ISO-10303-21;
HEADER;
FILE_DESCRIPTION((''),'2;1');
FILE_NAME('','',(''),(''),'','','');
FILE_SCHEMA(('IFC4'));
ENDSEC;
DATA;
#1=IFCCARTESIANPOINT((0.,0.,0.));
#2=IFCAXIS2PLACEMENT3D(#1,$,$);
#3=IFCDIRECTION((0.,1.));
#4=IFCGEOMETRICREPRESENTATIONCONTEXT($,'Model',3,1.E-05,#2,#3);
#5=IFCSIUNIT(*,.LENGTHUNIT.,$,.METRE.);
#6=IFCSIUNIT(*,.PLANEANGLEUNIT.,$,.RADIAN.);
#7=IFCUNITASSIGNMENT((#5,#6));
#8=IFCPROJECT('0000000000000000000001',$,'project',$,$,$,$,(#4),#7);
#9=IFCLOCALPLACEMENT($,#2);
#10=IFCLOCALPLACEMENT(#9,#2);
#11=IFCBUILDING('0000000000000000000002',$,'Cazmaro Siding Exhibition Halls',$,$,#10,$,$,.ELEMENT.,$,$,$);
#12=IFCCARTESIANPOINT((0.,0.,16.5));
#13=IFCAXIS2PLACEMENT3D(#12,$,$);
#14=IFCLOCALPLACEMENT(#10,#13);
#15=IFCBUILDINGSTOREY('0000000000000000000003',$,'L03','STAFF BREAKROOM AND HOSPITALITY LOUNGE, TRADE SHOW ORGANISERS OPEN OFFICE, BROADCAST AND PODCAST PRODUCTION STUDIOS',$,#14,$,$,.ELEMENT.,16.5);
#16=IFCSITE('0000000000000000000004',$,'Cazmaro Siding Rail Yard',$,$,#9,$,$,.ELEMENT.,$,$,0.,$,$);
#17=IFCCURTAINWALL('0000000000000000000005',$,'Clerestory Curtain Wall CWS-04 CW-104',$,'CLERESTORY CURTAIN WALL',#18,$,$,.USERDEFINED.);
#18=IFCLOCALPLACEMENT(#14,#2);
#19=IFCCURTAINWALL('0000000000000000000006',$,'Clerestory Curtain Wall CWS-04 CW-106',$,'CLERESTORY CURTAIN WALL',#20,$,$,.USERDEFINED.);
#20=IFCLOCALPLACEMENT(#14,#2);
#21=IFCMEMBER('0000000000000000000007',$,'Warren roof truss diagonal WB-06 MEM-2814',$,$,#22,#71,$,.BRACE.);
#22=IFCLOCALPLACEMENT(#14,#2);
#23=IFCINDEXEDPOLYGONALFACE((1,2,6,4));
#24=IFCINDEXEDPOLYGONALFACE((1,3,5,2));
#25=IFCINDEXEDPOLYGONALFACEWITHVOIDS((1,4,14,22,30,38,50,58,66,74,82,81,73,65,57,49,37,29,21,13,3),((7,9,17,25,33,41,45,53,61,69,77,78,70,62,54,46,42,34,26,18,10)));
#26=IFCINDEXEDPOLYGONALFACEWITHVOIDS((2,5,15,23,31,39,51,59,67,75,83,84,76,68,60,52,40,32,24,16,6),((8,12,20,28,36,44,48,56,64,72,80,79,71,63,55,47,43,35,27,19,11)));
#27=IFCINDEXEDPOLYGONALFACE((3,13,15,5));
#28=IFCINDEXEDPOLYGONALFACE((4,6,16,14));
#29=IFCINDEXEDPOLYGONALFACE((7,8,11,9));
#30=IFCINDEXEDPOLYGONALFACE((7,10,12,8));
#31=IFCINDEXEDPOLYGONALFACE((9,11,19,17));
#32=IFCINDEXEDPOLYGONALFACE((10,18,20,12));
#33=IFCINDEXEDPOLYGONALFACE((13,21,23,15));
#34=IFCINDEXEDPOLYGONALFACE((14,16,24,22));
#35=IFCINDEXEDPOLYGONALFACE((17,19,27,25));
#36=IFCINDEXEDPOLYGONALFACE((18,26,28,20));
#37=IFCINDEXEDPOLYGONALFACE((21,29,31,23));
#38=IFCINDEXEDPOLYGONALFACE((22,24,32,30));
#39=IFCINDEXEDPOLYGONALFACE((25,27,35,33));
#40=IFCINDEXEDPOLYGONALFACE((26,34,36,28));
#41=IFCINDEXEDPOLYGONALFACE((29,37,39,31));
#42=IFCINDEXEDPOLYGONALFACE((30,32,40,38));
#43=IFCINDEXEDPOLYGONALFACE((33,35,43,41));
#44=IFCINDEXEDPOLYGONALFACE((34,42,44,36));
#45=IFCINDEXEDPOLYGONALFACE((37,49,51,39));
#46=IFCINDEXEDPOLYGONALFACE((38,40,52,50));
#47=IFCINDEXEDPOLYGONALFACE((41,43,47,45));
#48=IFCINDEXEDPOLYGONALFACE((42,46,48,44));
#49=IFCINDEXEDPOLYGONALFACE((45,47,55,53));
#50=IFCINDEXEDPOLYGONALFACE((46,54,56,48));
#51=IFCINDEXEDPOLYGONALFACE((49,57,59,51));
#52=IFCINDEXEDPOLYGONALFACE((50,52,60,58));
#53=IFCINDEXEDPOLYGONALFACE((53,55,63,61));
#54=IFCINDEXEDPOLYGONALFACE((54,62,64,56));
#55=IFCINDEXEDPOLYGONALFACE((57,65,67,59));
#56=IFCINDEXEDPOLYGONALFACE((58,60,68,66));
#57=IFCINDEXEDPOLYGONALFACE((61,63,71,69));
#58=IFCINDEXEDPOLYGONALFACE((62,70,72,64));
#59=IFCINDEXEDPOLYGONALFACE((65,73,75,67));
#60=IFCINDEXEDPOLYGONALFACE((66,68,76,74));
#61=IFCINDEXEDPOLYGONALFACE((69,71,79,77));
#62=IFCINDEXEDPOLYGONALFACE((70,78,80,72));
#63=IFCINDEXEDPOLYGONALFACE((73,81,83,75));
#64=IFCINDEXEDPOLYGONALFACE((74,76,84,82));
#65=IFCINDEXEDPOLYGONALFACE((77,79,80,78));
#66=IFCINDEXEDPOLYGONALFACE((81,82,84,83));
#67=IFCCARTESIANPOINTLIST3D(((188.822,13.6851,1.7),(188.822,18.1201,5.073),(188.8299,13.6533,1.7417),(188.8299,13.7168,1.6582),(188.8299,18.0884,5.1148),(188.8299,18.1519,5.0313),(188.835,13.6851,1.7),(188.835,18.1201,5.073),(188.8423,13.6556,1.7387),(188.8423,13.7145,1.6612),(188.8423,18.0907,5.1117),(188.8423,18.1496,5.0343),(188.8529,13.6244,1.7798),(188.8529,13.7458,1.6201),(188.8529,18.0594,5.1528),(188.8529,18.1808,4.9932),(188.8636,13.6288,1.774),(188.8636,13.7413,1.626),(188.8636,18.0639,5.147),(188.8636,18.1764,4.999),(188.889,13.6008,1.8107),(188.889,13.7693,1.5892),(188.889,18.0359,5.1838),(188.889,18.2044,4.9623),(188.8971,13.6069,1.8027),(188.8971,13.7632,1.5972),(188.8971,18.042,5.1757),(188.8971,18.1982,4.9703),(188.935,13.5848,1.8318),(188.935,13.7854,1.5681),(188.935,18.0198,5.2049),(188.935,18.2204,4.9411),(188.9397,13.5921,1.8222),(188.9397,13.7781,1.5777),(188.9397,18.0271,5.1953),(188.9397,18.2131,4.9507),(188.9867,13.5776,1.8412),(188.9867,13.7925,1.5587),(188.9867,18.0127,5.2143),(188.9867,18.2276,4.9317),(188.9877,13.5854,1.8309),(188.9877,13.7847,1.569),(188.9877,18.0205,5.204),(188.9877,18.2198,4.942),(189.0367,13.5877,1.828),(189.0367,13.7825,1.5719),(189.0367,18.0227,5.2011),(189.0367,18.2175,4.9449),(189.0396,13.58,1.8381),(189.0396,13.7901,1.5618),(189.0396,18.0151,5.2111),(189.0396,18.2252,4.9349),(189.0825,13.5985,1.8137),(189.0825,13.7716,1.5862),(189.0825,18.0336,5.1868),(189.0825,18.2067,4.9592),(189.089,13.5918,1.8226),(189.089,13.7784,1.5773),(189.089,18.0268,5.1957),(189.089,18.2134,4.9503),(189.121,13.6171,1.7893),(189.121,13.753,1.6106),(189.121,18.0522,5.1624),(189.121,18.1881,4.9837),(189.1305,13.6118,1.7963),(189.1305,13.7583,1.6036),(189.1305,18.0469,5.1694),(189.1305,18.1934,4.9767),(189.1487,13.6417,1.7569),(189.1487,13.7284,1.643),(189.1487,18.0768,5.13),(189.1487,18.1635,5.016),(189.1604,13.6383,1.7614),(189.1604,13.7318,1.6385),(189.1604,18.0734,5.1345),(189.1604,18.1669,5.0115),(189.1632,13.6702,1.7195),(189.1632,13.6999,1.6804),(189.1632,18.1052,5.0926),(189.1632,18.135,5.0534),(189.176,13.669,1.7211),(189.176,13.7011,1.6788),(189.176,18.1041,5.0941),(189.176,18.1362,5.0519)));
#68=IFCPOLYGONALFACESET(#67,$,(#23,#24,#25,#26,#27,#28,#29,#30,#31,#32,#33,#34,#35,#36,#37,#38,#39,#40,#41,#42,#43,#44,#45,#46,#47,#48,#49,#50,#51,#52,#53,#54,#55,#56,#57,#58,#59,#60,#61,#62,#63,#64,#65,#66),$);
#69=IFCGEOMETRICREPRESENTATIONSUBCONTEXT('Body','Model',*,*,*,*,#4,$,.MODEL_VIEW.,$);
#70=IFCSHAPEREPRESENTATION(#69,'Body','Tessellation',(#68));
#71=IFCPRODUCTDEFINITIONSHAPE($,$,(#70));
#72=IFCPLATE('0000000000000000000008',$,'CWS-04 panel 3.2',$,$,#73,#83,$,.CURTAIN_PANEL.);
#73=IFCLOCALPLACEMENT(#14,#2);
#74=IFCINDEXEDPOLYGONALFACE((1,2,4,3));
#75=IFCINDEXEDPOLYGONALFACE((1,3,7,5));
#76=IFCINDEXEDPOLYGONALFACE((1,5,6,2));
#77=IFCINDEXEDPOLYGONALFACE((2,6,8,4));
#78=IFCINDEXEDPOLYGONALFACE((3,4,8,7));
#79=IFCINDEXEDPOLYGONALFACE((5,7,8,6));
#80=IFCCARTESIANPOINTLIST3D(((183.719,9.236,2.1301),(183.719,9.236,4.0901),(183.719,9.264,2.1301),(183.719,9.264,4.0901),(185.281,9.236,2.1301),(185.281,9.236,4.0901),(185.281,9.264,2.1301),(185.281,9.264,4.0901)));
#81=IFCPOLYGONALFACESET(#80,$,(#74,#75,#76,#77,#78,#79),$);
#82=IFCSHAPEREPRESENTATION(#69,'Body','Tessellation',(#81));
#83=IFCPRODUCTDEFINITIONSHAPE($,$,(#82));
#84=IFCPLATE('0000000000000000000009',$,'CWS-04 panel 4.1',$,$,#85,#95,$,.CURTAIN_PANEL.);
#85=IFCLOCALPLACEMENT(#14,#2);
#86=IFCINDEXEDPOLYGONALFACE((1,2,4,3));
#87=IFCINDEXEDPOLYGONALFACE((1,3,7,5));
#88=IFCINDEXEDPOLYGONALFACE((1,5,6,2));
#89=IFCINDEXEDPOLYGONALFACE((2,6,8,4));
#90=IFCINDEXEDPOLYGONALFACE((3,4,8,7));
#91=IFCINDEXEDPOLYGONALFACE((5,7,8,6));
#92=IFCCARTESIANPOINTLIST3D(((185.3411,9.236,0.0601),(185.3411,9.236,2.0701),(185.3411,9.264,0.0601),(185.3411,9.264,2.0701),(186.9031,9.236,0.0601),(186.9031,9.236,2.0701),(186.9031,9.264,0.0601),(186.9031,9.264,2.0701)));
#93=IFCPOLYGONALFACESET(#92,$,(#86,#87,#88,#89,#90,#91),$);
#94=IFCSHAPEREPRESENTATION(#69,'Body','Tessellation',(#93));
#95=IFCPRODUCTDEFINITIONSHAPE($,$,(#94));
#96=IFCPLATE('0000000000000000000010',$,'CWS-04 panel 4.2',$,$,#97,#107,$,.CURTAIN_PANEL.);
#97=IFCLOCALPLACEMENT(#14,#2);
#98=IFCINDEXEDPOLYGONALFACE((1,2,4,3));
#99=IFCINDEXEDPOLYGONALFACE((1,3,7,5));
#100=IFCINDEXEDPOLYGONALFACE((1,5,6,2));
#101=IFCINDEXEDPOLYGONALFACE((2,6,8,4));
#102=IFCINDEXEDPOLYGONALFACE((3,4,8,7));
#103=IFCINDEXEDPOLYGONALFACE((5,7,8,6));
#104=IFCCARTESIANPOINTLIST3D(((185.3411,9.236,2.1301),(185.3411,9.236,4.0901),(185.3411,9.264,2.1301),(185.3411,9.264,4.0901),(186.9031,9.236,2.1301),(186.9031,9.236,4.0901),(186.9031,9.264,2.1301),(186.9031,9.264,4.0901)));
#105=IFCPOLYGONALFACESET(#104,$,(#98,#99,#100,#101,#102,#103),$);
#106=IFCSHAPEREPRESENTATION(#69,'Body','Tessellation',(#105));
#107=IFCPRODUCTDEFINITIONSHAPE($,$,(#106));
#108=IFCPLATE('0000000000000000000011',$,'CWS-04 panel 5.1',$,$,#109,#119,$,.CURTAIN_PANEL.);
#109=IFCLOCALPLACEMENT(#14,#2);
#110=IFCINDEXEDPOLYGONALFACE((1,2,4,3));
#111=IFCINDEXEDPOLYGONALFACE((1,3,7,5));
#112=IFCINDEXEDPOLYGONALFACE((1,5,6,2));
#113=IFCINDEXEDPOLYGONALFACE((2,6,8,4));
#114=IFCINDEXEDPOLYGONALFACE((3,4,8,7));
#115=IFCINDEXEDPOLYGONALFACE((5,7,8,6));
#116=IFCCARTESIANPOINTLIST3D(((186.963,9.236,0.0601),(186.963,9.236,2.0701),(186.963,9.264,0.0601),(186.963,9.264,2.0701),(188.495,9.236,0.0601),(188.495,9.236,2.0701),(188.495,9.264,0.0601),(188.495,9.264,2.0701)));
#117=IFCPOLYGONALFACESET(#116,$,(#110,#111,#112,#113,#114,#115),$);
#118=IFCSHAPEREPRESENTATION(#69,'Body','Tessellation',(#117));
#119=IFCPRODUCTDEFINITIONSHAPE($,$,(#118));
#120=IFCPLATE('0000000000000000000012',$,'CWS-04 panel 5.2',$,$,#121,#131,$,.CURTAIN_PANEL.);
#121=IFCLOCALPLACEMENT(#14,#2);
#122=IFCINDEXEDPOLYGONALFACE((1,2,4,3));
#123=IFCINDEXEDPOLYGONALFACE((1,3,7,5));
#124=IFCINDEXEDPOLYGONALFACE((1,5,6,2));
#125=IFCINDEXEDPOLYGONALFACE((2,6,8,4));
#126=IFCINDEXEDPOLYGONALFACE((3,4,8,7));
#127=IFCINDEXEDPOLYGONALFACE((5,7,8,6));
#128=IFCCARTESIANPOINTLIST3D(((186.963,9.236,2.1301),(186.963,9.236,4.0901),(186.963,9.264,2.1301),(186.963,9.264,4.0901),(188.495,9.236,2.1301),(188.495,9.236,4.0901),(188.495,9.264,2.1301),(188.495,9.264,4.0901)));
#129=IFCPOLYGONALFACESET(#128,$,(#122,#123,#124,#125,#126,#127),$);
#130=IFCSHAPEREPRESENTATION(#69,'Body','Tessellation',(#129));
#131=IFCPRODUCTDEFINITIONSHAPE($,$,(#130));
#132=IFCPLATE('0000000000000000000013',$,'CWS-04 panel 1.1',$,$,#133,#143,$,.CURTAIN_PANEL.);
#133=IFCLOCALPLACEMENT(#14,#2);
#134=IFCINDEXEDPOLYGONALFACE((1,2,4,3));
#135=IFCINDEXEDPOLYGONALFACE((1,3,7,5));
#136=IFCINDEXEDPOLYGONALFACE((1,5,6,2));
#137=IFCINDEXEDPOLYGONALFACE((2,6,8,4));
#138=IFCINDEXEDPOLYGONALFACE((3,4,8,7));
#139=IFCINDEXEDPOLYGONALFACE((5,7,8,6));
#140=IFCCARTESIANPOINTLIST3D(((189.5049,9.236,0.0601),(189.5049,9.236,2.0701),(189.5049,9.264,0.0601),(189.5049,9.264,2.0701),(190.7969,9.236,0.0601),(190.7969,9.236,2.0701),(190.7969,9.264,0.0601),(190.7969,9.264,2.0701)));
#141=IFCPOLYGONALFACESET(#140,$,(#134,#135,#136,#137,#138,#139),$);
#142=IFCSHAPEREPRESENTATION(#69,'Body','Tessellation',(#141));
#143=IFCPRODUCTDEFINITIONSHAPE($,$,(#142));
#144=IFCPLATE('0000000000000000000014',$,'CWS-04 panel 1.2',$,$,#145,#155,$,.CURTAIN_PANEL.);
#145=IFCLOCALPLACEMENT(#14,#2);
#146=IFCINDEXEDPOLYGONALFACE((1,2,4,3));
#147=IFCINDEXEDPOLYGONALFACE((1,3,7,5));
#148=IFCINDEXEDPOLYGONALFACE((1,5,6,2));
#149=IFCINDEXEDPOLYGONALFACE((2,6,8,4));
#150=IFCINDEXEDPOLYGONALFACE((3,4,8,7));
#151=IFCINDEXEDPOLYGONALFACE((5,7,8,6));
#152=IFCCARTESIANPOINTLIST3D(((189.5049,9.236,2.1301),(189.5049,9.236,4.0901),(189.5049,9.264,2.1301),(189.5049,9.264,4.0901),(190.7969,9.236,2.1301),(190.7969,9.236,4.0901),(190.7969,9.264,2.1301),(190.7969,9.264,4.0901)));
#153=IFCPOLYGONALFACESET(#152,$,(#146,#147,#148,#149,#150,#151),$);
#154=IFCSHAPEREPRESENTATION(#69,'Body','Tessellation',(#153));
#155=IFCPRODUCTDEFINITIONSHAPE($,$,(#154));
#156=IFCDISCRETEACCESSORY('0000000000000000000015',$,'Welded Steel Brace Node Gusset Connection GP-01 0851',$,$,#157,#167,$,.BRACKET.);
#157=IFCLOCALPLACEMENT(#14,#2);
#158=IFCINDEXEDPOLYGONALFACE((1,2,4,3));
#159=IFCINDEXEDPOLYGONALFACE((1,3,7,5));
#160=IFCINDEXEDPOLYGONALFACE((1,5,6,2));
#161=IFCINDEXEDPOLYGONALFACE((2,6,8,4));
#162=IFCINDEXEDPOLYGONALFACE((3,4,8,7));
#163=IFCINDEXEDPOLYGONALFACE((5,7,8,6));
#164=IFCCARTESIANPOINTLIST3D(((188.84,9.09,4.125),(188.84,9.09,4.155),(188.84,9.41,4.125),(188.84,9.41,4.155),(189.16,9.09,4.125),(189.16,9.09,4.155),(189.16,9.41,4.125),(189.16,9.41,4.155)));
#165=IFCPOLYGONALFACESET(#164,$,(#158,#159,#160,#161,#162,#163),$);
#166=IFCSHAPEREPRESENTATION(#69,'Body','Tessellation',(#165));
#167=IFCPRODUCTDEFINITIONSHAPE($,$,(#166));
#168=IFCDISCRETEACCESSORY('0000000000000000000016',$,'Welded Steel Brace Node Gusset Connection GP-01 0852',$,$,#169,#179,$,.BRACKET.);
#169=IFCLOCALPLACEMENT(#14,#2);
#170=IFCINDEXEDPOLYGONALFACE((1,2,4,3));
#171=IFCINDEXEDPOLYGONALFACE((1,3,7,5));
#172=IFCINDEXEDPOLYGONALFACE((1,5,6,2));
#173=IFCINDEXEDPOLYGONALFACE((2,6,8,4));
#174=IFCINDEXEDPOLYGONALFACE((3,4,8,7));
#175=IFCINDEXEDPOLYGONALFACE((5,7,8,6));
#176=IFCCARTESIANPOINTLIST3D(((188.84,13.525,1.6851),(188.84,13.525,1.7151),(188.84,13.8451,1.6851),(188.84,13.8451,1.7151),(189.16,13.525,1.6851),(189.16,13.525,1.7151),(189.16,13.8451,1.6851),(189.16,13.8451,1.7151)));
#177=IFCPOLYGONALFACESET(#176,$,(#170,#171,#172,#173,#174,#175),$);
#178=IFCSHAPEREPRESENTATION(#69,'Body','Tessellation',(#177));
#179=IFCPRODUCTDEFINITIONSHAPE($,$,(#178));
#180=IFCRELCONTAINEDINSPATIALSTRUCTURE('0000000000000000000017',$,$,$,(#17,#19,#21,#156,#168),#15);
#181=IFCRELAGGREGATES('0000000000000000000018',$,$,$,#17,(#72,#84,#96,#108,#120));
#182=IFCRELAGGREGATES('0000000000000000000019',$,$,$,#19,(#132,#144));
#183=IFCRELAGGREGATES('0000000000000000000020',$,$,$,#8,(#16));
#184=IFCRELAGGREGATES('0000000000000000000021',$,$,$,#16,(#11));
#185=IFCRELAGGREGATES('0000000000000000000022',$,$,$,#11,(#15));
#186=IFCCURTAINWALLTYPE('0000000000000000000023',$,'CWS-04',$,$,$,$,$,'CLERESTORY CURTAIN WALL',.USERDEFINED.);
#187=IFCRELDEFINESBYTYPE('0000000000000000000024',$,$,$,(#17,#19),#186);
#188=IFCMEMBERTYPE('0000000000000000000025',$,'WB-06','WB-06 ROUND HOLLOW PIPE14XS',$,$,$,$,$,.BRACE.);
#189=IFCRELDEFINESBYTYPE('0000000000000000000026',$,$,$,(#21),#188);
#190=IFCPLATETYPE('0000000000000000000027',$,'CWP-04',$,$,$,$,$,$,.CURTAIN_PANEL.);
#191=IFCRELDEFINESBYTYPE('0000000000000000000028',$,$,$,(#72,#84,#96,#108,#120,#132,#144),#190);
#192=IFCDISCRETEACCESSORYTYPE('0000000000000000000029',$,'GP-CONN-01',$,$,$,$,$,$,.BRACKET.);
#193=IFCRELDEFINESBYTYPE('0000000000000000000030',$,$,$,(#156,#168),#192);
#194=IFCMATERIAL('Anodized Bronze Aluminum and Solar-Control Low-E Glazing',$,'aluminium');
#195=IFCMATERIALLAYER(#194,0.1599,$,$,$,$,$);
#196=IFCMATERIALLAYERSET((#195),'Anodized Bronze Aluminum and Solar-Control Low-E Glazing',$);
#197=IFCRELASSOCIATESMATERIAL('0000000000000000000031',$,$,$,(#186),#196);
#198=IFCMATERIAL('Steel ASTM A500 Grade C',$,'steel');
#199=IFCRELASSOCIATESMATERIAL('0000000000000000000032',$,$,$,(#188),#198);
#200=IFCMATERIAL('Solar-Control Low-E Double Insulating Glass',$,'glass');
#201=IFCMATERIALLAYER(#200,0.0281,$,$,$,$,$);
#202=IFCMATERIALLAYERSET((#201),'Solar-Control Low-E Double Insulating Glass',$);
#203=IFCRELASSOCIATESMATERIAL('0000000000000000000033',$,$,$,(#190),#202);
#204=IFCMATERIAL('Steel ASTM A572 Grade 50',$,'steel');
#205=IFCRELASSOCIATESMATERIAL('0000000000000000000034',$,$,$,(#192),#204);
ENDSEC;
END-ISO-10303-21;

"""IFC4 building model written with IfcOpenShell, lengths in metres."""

from ifc_helpers import new_model, si_unit, direction, frame, origin, origin_2d, place, context, subcontext, project, spatial, rectangle, hollow_circle, extrude, material, layer, layer_set, material_profile, profile_set, type_object, element, aggregate, save


model = new_model("IFC4")

# Units and contexts
model_context = context("Model", 3, precision=1e-05, world=origin(), true_north=direction((0.0, 1.0)))
body_context = subcontext(model_context, "Body", "Model", "MODEL_VIEW")
ifc_project = project(units=[si_unit("LENGTHUNIT", "METRE"), si_unit("PLANEANGLEUNIT", "RADIAN")], contexts=[model_context])

# Site, building, storey
site_placement = place(None, origin())
site = spatial("IfcSite", under=ifc_project, at=site_placement, Name="Cazmaro Siding Rail Yard", CompositionType="ELEMENT", RefElevation=0.0)
building_placement = place(site_placement, origin())
building = spatial("IfcBuilding", under=site, at=building_placement, Name="Cazmaro Siding Exhibition Halls", CompositionType="ELEMENT")
storey_placement = place(building_placement, frame((0.0, 0.0, 16.5)))
storey = spatial("IfcBuildingStorey", under=building, at=storey_placement, Name="L03", Description="STAFF BREAKROOM AND HOSPITALITY LOUNGE, TRADE SHOW ORGANISERS OPEN OFFICE, BROADCAST AND PODCAST PRODUCTION STUDIOS", CompositionType="ELEMENT", Elevation=16.5)

# Curtain walls
ifc_material_1 = material(Name="Anodized Bronze Aluminum and Solar-Control Low-E Glazing", Category="aluminium")
ifc_layer_1 = layer(ifc_material_1, 0.1599)
ifc_layer_set_1 = layer_set([ifc_layer_1], Name="Anodized Bronze Aluminum and Solar-Control Low-E Glazing")
curtain_wall_type = type_object("IfcCurtainWallType", Name="CWS-04", ElementType="CLERESTORY CURTAIN WALL", PredefinedType="USERDEFINED", material=ifc_layer_set_1)
curtain_wall_1_placement = place(storey_placement, origin())
curtain_wall_1 = element("IfcCurtainWall", 1, at=curtain_wall_1_placement, inside=storey, type_object=curtain_wall_type, Name="Clerestory Curtain Wall CWS-04 CW-104", ObjectType="CLERESTORY CURTAIN WALL", PredefinedType="USERDEFINED")
curtain_wall_2_placement = place(storey_placement, origin())
curtain_wall_2 = element("IfcCurtainWall", 2, at=curtain_wall_2_placement, inside=storey, type_object=curtain_wall_type, Name="Clerestory Curtain Wall CWS-04 CW-106", ObjectType="CLERESTORY CURTAIN WALL", PredefinedType="USERDEFINED")

# Member
ifc_material_2 = material(Name="Steel ASTM A500 Grade C", Category="steel")
ifc_material_profile_1 = material_profile(ifc_material_2, hollow_circle(Radius=0.178, WallThickness=0.0129, at=origin_2d()), Name="PIPE14XS")
ifc_profile_set_1 = profile_set([ifc_material_profile_1], Name="Steel ASTM A500 Grade C")
member_type_1 = type_object("IfcMemberType", Name="WB-06", Description="WB-06 ROUND HOLLOW PIPE14XS", PredefinedType="BRACE", material=ifc_profile_set_1)
member_1_placement = place(storey_placement, frame((189.0, 13.6851, 1.7), z_axis=(0.0, 0.795954, 0.605357), x_axis=(-1.0, 0.0, 0.0)))
element("IfcMember", 3, at=member_1_placement, inside=storey, type_object=member_type_1, Name="Warren roof truss diagonal WB-06 MEM-2814", PredefinedType="BRACE", context=body_context, shape_type="SweptSolid", body=[
    extrude(hollow_circle(Radius=0.178, WallThickness=0.0129, at=origin_2d()), origin(), (0.0, 0.0, 1.0), 5.572),
])

# Plates
ifc_material_3 = material(Name="Solar-Control Low-E Double Insulating Glass", Category="glass")
ifc_layer_2 = layer(ifc_material_3, 0.0281)
ifc_layer_set_2 = layer_set([ifc_layer_2], Name="Solar-Control Low-E Double Insulating Glass")
plate_type = type_object("IfcPlateType", Name="CWP-04", PredefinedType="CURTAIN_PANEL", material=ifc_layer_set_2)
plate_1_placement = place(storey_placement, frame((184.5, 9.25, 2.1301), z_axis=(0.0, 0.0, 1.0), x_axis=(1.0, 0.0, 0.0)))
plate_1 = element("IfcPlate", 4, at=plate_1_placement, type_object=plate_type, Name="CWS-04 panel 3.2", PredefinedType="CURTAIN_PANEL", context=body_context, shape_type="SweptSolid", body=[
    extrude(rectangle(XDim=1.562, YDim=0.0281, at=origin_2d()), origin(), (0.0, 0.0, 1.0), 1.96),
])
plate_2_placement = place(storey_placement, frame((186.1221, 9.25, 0.0601), z_axis=(0.0, 0.0, 1.0), x_axis=(1.0, 0.0, 0.0)))
plate_2 = element("IfcPlate", 5, at=plate_2_placement, type_object=plate_type, Name="CWS-04 panel 4.1", PredefinedType="CURTAIN_PANEL", context=body_context, shape_type="SweptSolid", body=[
    extrude(rectangle(XDim=1.562, YDim=0.0281, at=origin_2d()), origin(), (0.0, 0.0, 1.0), 2.01),
])
plate_3_placement = place(storey_placement, frame((186.1221, 9.25, 2.1301), z_axis=(0.0, 0.0, 1.0), x_axis=(1.0, 0.0, 0.0)))
plate_3 = element("IfcPlate", 6, at=plate_3_placement, type_object=plate_type, Name="CWS-04 panel 4.2", PredefinedType="CURTAIN_PANEL", context=body_context, shape_type="SweptSolid", body=[
    extrude(rectangle(XDim=1.562, YDim=0.0281, at=origin_2d()), origin(), (0.0, 0.0, 1.0), 1.96),
])
plate_4_placement = place(storey_placement, frame((187.729, 9.25, 0.0601), z_axis=(0.0, 0.0, 1.0), x_axis=(1.0, 0.0, 0.0)))
plate_4 = element("IfcPlate", 7, at=plate_4_placement, type_object=plate_type, Name="CWS-04 panel 5.1", PredefinedType="CURTAIN_PANEL", context=body_context, shape_type="SweptSolid", body=[
    extrude(rectangle(XDim=1.532, YDim=0.0281, at=origin_2d()), origin(), (0.0, 0.0, 1.0), 2.01),
])
plate_5_placement = place(storey_placement, frame((187.729, 9.25, 2.1301), z_axis=(0.0, 0.0, 1.0), x_axis=(1.0, 0.0, 0.0)))
plate_5 = element("IfcPlate", 8, at=plate_5_placement, type_object=plate_type, Name="CWS-04 panel 5.2", PredefinedType="CURTAIN_PANEL", context=body_context, shape_type="SweptSolid", body=[
    extrude(rectangle(XDim=1.532, YDim=0.0281, at=origin_2d()), origin(), (0.0, 0.0, 1.0), 1.96),
])
aggregate(curtain_wall_1, [plate_1, plate_2, plate_3, plate_4, plate_5])
plate_6_placement = place(storey_placement, frame((190.1509, 9.25, 0.0601), z_axis=(0.0, 0.0, 1.0), x_axis=(1.0, 0.0, 0.0)))
plate_6 = element("IfcPlate", 9, at=plate_6_placement, type_object=plate_type, Name="CWS-04 panel 1.1", PredefinedType="CURTAIN_PANEL", context=body_context, shape_type="SweptSolid", body=[
    extrude(rectangle(XDim=1.292, YDim=0.0281, at=origin_2d()), origin(), (0.0, 0.0, 1.0), 2.01),
])
plate_7_placement = place(storey_placement, frame((190.1509, 9.25, 2.1301), z_axis=(0.0, 0.0, 1.0), x_axis=(1.0, 0.0, 0.0)))
plate_7 = element("IfcPlate", 10, at=plate_7_placement, type_object=plate_type, Name="CWS-04 panel 1.2", PredefinedType="CURTAIN_PANEL", context=body_context, shape_type="SweptSolid", body=[
    extrude(rectangle(XDim=1.292, YDim=0.0281, at=origin_2d()), origin(), (0.0, 0.0, 1.0), 1.96),
])
aggregate(curtain_wall_2, [plate_6, plate_7])

# Discrete accessories
ifc_material_4 = material(Name="Steel ASTM A572 Grade 50", Category="steel")
discrete_accessory_type = type_object("IfcDiscreteAccessoryType", Name="GP-CONN-01", PredefinedType="BRACKET", material=ifc_material_4)
for number, where, z_axis, x_axis, name in (
    (11, (189.0, 9.25, 4.125), (0.0, 0.0, 1.0), (1.0, 0.0, 0.0), "Welded Steel Brace Node Gusset Connection GP-01 0851"),
    (12, (189.0, 13.6851, 1.6851), (0.0, 0.0, 1.0), (1.0, 0.0, 0.0), "Welded Steel Brace Node Gusset Connection GP-01 0852"),
):
    element("IfcDiscreteAccessory", number, at=place(storey_placement, frame(where, z_axis=z_axis, x_axis=x_axis)), inside=storey, type_object=discrete_accessory_type, Name=name, PredefinedType="BRACKET", context=body_context, shape_type="SweptSolid", body=[
        extrude(rectangle(XDim=0.3201, YDim=0.3201, at=origin_2d()), origin(), (0.0, 0.0, 1.0), 0.03),
    ])

save(model, "model.ifc")
